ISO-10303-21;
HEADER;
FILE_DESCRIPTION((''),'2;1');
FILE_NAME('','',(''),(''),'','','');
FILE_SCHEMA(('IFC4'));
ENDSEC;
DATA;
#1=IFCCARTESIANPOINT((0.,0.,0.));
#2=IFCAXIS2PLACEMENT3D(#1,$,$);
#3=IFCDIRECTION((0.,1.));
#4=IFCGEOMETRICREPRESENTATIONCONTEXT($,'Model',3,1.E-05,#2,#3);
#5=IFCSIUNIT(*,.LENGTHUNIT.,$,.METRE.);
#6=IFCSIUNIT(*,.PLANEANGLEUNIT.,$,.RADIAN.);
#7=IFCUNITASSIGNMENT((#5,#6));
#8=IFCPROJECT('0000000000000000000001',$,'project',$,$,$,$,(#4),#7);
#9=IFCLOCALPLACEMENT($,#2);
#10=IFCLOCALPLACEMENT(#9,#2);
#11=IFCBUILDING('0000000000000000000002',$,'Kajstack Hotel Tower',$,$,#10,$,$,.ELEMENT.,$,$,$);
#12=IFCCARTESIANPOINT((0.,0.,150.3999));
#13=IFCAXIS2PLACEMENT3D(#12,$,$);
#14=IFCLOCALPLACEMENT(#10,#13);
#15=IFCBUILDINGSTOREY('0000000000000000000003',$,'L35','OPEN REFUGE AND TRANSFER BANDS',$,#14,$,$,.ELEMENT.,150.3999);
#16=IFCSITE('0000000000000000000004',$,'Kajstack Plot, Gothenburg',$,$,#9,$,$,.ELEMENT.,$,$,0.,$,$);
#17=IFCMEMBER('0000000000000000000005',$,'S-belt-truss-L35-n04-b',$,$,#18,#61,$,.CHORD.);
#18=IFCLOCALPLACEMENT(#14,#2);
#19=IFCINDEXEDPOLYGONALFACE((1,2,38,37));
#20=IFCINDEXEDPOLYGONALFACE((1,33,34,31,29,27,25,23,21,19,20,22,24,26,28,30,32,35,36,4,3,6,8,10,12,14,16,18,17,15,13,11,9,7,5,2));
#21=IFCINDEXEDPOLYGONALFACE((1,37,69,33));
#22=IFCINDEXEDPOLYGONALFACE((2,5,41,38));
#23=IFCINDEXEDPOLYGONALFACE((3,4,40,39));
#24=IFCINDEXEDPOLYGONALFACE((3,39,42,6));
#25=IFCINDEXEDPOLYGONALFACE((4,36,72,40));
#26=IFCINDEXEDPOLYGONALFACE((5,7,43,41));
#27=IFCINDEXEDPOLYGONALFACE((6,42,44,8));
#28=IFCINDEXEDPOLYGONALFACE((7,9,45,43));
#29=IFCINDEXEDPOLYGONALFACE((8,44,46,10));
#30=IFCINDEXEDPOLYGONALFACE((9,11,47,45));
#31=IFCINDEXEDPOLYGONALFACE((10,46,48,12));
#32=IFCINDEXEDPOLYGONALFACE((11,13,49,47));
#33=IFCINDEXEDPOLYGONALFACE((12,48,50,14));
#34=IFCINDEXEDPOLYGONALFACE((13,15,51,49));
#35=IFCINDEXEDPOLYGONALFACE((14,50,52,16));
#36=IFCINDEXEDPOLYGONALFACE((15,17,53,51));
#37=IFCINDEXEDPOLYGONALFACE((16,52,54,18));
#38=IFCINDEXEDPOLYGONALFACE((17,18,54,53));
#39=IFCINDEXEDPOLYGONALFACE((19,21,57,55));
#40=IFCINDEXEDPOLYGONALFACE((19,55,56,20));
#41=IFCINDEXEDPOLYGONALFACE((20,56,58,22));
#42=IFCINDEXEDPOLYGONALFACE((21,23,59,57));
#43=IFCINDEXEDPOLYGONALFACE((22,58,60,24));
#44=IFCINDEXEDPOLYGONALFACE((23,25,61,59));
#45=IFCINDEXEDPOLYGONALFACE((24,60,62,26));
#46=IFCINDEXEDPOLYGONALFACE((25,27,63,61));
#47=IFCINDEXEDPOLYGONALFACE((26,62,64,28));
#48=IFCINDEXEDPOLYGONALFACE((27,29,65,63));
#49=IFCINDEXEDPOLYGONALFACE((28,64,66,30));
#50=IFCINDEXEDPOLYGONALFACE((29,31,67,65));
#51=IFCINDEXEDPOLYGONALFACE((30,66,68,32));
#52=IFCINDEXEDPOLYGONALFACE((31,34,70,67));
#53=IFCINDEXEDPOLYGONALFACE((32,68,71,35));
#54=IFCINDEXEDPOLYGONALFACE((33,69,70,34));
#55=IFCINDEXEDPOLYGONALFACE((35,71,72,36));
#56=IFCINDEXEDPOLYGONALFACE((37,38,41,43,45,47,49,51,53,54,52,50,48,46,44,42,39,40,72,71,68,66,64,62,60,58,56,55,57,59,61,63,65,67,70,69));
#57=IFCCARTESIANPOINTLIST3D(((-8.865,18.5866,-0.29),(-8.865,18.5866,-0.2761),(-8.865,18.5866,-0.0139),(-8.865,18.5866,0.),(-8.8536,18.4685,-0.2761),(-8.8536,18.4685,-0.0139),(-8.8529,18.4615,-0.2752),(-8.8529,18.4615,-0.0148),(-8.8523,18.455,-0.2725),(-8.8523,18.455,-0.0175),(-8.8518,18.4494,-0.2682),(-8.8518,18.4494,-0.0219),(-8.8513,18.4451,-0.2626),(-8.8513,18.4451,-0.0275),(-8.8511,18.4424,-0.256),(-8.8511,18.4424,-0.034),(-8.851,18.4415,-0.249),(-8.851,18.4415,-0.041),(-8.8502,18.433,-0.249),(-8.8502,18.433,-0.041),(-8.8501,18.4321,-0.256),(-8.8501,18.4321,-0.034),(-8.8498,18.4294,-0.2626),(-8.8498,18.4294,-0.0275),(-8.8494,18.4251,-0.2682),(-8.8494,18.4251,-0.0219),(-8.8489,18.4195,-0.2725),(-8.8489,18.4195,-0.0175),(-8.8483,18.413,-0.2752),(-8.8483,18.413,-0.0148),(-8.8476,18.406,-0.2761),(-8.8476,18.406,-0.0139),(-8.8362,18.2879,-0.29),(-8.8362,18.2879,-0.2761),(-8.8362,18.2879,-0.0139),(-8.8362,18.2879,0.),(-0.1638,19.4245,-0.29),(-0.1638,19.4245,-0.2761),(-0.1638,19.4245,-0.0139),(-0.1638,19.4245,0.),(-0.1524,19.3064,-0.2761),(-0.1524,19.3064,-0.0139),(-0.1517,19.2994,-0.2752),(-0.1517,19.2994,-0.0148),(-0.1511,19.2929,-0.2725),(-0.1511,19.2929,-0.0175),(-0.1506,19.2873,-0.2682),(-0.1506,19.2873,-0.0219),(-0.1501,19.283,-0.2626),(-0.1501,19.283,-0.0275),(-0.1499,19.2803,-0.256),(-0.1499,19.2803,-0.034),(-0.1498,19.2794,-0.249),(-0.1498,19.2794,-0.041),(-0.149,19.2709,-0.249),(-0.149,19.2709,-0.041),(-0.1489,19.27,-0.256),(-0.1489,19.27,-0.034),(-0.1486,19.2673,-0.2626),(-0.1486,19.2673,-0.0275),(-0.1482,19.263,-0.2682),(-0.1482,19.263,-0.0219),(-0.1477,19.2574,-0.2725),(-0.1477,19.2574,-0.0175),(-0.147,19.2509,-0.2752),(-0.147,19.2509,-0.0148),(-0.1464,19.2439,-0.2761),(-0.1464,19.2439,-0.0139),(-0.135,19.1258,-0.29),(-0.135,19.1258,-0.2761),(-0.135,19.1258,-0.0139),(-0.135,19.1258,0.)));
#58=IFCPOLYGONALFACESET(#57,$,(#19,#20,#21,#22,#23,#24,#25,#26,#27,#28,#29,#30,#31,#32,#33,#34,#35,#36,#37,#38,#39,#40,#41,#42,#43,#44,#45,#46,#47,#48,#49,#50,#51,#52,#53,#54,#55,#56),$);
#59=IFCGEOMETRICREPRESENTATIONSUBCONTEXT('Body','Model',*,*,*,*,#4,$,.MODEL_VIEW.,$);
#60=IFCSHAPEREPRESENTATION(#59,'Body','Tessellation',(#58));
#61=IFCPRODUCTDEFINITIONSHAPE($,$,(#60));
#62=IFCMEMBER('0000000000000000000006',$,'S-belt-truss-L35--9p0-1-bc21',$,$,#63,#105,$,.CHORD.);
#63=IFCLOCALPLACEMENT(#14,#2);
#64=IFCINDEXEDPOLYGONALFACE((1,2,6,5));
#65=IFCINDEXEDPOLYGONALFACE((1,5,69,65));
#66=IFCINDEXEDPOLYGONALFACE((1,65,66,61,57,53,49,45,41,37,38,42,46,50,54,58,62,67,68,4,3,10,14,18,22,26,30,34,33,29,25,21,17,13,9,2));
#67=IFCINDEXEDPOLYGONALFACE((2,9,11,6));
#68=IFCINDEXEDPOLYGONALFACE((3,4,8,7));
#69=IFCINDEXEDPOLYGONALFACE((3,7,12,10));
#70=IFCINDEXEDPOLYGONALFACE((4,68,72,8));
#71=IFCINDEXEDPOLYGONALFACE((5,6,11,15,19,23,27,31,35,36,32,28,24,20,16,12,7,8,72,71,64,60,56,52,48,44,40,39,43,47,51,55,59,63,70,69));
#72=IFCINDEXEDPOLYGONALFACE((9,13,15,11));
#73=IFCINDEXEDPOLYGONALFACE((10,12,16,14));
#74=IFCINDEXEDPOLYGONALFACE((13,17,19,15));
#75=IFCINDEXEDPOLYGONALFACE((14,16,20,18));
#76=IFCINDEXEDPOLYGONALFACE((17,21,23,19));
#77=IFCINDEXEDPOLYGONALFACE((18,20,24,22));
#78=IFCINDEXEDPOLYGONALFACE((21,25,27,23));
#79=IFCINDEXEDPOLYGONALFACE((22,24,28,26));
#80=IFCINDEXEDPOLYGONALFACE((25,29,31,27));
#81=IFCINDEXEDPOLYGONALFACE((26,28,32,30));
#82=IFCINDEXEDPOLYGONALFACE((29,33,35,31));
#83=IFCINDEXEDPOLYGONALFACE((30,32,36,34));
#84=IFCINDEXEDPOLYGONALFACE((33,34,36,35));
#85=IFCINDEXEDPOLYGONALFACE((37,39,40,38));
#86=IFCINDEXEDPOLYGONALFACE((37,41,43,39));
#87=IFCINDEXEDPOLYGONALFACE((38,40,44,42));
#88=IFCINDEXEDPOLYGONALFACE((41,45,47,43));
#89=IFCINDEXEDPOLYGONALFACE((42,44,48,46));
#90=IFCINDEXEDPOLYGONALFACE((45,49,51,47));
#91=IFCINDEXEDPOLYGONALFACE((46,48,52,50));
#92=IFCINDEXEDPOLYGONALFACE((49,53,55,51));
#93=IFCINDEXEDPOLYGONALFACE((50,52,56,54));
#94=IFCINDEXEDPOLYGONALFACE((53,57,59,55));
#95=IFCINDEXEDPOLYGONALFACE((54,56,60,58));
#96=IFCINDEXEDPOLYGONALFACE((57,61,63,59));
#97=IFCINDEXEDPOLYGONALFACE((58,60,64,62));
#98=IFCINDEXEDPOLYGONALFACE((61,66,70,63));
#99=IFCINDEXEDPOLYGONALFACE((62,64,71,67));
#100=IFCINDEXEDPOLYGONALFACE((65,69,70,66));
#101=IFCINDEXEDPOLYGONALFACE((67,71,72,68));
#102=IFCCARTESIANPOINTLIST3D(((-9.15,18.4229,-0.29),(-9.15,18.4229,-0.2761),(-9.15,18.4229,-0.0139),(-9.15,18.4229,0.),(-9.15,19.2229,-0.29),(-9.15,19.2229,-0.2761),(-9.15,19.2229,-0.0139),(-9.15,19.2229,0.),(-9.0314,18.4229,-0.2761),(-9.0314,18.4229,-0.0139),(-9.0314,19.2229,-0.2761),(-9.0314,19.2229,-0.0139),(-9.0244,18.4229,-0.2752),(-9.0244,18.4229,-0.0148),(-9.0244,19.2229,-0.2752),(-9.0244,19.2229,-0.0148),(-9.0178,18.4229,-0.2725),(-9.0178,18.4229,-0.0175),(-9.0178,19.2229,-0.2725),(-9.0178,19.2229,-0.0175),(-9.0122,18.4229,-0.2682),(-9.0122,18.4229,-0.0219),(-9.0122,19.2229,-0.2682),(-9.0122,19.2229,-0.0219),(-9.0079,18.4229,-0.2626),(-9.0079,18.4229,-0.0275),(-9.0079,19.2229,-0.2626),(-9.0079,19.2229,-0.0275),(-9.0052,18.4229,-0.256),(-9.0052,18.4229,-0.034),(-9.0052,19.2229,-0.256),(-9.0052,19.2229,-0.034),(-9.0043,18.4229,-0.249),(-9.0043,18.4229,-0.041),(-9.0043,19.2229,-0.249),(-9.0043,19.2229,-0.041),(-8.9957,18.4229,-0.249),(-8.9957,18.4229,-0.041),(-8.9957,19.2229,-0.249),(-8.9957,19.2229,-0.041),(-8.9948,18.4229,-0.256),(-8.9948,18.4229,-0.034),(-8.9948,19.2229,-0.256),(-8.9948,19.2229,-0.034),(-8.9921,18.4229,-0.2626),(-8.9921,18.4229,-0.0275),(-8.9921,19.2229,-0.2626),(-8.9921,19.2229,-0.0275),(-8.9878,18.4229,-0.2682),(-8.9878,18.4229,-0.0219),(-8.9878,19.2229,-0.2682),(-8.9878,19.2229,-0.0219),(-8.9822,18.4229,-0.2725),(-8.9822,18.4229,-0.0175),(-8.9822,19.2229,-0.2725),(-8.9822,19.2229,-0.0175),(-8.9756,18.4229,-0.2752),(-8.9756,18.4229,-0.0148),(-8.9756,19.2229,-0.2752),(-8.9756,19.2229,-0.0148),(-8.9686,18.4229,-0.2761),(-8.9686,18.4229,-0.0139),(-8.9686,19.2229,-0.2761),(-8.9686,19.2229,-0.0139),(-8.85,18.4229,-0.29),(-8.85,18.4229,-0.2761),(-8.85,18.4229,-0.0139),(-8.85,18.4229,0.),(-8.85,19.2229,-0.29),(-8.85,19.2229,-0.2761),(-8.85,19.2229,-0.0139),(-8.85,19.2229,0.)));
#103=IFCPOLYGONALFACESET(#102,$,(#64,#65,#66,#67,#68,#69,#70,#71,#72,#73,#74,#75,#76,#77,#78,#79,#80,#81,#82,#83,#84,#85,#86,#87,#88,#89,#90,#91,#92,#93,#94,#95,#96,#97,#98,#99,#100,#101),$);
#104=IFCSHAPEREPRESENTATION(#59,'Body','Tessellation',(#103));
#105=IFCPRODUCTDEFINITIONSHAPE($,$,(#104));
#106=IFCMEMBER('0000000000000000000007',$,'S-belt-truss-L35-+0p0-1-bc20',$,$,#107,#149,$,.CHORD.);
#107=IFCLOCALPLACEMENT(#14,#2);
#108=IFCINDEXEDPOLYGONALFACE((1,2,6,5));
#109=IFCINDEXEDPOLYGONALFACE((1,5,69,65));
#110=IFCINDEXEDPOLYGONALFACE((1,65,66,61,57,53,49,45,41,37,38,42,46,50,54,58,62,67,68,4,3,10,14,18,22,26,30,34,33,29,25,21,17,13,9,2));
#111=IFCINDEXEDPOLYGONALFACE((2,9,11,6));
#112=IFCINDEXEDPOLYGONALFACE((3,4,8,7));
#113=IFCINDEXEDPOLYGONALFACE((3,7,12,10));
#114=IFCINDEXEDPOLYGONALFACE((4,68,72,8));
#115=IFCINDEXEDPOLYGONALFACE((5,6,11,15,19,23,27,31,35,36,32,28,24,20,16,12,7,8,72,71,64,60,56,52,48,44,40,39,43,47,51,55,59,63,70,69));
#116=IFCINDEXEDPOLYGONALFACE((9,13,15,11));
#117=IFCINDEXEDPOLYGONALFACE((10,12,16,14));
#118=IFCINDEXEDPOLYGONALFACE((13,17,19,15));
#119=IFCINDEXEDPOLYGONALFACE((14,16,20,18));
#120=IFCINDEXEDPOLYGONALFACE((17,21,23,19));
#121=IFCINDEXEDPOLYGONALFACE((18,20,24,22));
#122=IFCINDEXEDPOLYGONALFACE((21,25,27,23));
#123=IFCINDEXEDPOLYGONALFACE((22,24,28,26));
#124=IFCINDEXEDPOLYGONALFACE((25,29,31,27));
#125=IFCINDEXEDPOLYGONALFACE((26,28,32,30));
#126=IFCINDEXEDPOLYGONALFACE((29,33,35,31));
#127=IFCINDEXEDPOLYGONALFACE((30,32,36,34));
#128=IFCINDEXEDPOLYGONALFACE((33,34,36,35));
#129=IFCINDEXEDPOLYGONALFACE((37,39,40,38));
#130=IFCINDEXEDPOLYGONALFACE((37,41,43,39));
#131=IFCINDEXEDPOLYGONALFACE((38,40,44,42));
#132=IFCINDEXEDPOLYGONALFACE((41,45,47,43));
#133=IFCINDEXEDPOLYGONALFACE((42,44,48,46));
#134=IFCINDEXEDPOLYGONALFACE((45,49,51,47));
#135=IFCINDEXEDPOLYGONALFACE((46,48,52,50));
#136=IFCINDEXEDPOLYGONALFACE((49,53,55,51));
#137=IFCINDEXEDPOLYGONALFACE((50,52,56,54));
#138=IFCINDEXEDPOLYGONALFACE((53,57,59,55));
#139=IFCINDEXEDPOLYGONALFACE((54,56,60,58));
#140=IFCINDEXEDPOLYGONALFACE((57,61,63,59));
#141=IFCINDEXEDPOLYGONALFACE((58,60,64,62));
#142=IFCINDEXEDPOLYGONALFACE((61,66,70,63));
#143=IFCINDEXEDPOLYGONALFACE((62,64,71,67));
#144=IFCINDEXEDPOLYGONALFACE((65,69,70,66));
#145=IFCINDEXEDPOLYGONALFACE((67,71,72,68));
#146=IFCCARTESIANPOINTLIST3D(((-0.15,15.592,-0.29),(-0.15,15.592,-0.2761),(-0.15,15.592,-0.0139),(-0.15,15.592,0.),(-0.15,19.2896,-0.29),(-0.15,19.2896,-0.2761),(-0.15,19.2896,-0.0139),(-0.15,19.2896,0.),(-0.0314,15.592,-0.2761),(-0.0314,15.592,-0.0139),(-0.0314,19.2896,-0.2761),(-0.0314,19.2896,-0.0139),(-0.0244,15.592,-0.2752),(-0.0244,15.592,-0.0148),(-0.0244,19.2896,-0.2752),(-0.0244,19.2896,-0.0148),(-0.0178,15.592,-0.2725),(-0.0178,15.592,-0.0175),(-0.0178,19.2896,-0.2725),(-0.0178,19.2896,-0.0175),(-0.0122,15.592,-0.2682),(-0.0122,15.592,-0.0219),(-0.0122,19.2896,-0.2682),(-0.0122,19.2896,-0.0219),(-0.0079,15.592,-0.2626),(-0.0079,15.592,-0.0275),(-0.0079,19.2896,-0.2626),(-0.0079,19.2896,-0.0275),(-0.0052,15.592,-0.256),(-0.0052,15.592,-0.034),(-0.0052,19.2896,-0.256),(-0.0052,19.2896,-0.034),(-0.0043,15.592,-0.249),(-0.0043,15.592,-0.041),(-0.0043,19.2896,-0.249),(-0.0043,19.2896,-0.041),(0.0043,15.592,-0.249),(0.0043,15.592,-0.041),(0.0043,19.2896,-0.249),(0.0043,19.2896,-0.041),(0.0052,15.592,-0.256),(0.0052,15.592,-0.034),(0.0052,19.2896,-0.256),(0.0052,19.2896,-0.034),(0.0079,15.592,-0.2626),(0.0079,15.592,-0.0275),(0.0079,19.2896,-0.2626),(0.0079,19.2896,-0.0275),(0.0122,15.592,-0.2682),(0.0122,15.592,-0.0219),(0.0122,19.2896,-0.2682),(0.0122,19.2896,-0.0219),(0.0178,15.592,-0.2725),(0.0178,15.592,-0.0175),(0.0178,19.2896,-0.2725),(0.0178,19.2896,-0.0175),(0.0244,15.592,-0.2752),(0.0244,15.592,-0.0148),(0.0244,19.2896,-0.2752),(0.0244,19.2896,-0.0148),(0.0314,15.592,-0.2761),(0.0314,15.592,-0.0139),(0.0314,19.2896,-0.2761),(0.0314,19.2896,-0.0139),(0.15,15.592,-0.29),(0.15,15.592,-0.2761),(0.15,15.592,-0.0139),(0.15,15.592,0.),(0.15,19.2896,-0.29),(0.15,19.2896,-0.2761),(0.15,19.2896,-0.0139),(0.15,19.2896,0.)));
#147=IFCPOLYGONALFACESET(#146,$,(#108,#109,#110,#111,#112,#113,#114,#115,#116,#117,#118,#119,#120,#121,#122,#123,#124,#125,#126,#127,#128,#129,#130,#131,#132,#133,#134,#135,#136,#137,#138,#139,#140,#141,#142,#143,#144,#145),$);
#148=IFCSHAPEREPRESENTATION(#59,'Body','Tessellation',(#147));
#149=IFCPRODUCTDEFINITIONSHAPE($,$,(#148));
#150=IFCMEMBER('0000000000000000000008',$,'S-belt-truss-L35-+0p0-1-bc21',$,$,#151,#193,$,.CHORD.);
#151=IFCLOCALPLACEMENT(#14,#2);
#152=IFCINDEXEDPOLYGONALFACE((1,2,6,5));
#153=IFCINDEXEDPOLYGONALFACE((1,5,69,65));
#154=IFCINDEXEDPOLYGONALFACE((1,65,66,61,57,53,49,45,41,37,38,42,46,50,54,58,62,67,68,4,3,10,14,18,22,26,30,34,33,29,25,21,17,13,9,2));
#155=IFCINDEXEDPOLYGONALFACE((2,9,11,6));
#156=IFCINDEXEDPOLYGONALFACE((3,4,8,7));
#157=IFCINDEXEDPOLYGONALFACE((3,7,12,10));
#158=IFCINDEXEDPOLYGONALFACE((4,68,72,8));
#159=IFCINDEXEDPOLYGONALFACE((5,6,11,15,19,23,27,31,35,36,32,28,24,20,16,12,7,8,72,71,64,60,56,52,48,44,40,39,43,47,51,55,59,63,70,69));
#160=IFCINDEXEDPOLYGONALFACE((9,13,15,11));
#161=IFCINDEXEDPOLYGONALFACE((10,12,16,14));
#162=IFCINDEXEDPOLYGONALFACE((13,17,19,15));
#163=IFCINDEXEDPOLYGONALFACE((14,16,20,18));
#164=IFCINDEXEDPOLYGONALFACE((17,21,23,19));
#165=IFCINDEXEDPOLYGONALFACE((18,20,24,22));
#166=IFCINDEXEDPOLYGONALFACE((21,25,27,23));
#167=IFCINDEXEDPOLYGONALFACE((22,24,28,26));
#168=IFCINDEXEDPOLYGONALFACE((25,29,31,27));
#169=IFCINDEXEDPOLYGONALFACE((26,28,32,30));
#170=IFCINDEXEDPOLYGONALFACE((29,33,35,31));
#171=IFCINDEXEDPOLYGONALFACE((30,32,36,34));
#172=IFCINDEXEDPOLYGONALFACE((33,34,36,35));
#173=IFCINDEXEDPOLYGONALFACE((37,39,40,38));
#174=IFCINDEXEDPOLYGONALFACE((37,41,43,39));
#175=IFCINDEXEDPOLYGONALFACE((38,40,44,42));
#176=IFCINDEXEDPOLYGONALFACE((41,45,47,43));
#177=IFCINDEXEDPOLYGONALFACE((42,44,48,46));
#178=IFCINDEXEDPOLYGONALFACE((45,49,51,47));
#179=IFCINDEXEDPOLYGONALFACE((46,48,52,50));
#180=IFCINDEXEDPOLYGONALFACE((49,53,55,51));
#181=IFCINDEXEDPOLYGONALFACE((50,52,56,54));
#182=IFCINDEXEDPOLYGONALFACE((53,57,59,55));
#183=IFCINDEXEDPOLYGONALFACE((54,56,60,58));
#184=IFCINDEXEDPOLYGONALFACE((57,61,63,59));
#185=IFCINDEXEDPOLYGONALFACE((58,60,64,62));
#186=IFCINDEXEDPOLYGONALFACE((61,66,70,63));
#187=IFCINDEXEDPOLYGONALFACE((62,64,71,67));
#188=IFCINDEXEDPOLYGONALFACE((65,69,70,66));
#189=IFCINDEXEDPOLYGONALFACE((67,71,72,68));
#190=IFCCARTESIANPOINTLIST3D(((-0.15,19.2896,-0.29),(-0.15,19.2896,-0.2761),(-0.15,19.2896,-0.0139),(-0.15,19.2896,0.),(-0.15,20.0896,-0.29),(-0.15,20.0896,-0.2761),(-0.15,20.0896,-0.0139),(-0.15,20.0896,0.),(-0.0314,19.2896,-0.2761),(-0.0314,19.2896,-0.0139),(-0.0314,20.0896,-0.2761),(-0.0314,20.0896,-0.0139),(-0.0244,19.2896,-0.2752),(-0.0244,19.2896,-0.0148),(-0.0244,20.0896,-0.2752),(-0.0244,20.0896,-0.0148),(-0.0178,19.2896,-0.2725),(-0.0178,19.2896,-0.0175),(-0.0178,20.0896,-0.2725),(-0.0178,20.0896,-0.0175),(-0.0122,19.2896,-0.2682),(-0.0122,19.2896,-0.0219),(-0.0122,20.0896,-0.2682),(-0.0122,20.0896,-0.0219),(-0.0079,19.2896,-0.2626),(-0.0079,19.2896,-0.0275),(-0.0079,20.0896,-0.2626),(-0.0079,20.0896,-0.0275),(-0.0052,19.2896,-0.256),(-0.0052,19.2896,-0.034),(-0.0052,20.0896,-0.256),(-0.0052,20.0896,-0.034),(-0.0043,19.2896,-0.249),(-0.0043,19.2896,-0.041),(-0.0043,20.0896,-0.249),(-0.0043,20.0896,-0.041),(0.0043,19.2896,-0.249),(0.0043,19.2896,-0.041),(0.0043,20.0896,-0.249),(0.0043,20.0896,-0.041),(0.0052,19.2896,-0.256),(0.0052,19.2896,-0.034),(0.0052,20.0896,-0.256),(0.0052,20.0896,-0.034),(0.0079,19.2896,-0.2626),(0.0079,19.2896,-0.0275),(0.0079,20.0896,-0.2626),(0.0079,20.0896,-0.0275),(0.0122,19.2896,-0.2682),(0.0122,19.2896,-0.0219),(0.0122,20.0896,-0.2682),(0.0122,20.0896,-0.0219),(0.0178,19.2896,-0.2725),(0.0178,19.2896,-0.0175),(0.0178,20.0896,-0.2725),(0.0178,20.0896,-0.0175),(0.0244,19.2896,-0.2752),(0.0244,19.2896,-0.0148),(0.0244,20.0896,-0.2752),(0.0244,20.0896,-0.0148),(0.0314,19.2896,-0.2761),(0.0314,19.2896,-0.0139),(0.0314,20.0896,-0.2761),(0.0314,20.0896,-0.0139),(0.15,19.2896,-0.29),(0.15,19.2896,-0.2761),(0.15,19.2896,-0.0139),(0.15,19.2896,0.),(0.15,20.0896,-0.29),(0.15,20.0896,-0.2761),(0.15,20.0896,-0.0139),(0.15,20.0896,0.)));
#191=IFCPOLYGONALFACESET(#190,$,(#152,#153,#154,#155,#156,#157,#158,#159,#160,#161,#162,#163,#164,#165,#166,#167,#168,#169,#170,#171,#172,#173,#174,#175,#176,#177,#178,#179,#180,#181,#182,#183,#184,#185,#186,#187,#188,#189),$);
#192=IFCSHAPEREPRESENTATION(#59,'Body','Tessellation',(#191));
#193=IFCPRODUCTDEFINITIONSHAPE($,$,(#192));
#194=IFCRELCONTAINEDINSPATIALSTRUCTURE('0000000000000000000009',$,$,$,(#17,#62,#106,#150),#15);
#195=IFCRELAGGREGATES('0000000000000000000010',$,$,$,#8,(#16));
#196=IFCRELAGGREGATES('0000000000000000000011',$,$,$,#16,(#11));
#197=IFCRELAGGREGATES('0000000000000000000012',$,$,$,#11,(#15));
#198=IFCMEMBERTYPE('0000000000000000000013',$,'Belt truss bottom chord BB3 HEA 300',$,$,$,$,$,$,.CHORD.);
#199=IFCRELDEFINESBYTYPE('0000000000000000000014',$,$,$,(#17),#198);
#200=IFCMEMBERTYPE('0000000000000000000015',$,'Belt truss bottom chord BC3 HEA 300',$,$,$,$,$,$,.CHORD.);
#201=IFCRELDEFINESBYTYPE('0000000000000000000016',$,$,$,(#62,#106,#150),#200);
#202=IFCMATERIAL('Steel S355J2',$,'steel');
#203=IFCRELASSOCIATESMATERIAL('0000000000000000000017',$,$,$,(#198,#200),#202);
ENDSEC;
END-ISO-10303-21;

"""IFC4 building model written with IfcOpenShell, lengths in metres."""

from ifc_helpers import new_model, si_unit, direction, frame, origin, origin_2d, place, context, subcontext, project, spatial, i_section, extrude, material, material_profile, profile_set, type_object, element, save


model = new_model("IFC4")

# Units and contexts
model_context = context("Model", 3, precision=1e-05, world=origin(), true_north=direction((0.0, 1.0)))
body_context = subcontext(model_context, "Body", "Model", "MODEL_VIEW")
ifc_project = project(units=[si_unit("LENGTHUNIT", "METRE"), si_unit("PLANEANGLEUNIT", "RADIAN")], contexts=[model_context])

# Site, building, storey
site_placement = place(None, origin())
site = spatial("IfcSite", under=ifc_project, at=site_placement, Name="Kajstack Plot, Gothenburg", CompositionType="ELEMENT", RefElevation=0.0)
building_placement = place(site_placement, origin())
building = spatial("IfcBuilding", under=site, at=building_placement, Name="Kajstack Hotel Tower", CompositionType="ELEMENT")
storey_placement = place(building_placement, frame((0.0, 0.0, 150.3999)))
storey = spatial("IfcBuildingStorey", under=building, at=storey_placement, Name="L35", Description="OPEN REFUGE AND TRANSFER BANDS", CompositionType="ELEMENT", Elevation=150.3999)

# Members
ifc_material = material(Name="Steel S355J2", Category="steel")
ifc_material_profile_1 = material_profile(ifc_material, i_section(OverallWidth=0.3, OverallDepth=0.29, WebThickness=0.0085, FlangeThickness=0.0139, FilletRadius=0.0271, at=origin_2d()), Name="HEA 300")
ifc_profile_set_1 = profile_set([ifc_material_profile_1], Name="Steel S355J2")
member_type_1 = type_object("IfcMemberType", Name="Belt truss bottom chord BB3 HEA 300", PredefinedType="CHORD", material=ifc_profile_set_1)
member_1_placement = place(storey_placement, frame((-8.8506, 18.4373, -0.145), z_axis=(0.995396, 0.095853, 0.0), x_axis=(-0.095853, 0.995396, 0.0)))
element("IfcMember", 1, at=member_1_placement, inside=storey, type_object=member_type_1, Name="S-belt-truss-L35-n04-b", PredefinedType="CHORD", context=body_context, shape_type="SweptSolid", body=[
    extrude(i_section(OverallWidth=0.3, OverallDepth=0.29, WebThickness=0.0085, FlangeThickness=0.0139, FilletRadius=0.0271, at=origin_2d()), origin(), (0.0, 0.0, 1.0), 8.7415),
])
ifc_material_profile_2 = material_profile(ifc_material, i_section(OverallWidth=0.3, OverallDepth=0.29, WebThickness=0.0085, FlangeThickness=0.0139, FilletRadius=0.0271, at=origin_2d()), Name="HEA 300")
ifc_profile_set_2 = profile_set([ifc_material_profile_2], Name="Steel S355J2")
member_type_2 = type_object("IfcMemberType", Name="Belt truss bottom chord BC3 HEA 300", PredefinedType="CHORD", material=ifc_profile_set_2)
member_2_placement = place(storey_placement, frame((-9.0, 18.4229, -0.145), z_axis=(0.0, 1.0, 0.0), x_axis=(-1.0, 0.0, 0.0)))
element("IfcMember", 2, at=member_2_placement, inside=storey, type_object=member_type_2, Name="S-belt-truss-L35--9p0-1-bc21", PredefinedType="CHORD", context=body_context, shape_type="SweptSolid", body=[
    extrude(i_section(OverallWidth=0.3, OverallDepth=0.29, WebThickness=0.0085, FlangeThickness=0.0139, FilletRadius=0.0271, at=origin_2d()), origin(), (0.0, 0.0, 1.0), 0.8),
])
member_3_placement = place(storey_placement, frame((0.0, 15.592, -0.145), z_axis=(0.0, 1.0, 0.0), x_axis=(-1.0, 0.0, 0.0)))
element("IfcMember", 3, at=member_3_placement, inside=storey, type_object=member_type_2, Name="S-belt-truss-L35-+0p0-1-bc20", PredefinedType="CHORD", context=body_context, shape_type="SweptSolid", body=[
    extrude(i_section(OverallWidth=0.3, OverallDepth=0.29, WebThickness=0.0085, FlangeThickness=0.0139, FilletRadius=0.0271, at=origin_2d()), origin(), (0.0, 0.0, 1.0), 3.6975),
])
member_4_placement = place(storey_placement, frame((0.0, 19.2896, -0.145), z_axis=(0.0, 1.0, 0.0), x_axis=(-1.0, 0.0, 0.0)))
element("IfcMember", 4, at=member_4_placement, inside=storey, type_object=member_type_2, Name="S-belt-truss-L35-+0p0-1-bc21", PredefinedType="CHORD", context=body_context, shape_type="SweptSolid", body=[
    extrude(i_section(OverallWidth=0.3, OverallDepth=0.29, WebThickness=0.0085, FlangeThickness=0.0139, FilletRadius=0.0271, at=origin_2d()), origin(), (0.0, 0.0, 1.0), 0.8),
])

save(model, "model.ifc")
